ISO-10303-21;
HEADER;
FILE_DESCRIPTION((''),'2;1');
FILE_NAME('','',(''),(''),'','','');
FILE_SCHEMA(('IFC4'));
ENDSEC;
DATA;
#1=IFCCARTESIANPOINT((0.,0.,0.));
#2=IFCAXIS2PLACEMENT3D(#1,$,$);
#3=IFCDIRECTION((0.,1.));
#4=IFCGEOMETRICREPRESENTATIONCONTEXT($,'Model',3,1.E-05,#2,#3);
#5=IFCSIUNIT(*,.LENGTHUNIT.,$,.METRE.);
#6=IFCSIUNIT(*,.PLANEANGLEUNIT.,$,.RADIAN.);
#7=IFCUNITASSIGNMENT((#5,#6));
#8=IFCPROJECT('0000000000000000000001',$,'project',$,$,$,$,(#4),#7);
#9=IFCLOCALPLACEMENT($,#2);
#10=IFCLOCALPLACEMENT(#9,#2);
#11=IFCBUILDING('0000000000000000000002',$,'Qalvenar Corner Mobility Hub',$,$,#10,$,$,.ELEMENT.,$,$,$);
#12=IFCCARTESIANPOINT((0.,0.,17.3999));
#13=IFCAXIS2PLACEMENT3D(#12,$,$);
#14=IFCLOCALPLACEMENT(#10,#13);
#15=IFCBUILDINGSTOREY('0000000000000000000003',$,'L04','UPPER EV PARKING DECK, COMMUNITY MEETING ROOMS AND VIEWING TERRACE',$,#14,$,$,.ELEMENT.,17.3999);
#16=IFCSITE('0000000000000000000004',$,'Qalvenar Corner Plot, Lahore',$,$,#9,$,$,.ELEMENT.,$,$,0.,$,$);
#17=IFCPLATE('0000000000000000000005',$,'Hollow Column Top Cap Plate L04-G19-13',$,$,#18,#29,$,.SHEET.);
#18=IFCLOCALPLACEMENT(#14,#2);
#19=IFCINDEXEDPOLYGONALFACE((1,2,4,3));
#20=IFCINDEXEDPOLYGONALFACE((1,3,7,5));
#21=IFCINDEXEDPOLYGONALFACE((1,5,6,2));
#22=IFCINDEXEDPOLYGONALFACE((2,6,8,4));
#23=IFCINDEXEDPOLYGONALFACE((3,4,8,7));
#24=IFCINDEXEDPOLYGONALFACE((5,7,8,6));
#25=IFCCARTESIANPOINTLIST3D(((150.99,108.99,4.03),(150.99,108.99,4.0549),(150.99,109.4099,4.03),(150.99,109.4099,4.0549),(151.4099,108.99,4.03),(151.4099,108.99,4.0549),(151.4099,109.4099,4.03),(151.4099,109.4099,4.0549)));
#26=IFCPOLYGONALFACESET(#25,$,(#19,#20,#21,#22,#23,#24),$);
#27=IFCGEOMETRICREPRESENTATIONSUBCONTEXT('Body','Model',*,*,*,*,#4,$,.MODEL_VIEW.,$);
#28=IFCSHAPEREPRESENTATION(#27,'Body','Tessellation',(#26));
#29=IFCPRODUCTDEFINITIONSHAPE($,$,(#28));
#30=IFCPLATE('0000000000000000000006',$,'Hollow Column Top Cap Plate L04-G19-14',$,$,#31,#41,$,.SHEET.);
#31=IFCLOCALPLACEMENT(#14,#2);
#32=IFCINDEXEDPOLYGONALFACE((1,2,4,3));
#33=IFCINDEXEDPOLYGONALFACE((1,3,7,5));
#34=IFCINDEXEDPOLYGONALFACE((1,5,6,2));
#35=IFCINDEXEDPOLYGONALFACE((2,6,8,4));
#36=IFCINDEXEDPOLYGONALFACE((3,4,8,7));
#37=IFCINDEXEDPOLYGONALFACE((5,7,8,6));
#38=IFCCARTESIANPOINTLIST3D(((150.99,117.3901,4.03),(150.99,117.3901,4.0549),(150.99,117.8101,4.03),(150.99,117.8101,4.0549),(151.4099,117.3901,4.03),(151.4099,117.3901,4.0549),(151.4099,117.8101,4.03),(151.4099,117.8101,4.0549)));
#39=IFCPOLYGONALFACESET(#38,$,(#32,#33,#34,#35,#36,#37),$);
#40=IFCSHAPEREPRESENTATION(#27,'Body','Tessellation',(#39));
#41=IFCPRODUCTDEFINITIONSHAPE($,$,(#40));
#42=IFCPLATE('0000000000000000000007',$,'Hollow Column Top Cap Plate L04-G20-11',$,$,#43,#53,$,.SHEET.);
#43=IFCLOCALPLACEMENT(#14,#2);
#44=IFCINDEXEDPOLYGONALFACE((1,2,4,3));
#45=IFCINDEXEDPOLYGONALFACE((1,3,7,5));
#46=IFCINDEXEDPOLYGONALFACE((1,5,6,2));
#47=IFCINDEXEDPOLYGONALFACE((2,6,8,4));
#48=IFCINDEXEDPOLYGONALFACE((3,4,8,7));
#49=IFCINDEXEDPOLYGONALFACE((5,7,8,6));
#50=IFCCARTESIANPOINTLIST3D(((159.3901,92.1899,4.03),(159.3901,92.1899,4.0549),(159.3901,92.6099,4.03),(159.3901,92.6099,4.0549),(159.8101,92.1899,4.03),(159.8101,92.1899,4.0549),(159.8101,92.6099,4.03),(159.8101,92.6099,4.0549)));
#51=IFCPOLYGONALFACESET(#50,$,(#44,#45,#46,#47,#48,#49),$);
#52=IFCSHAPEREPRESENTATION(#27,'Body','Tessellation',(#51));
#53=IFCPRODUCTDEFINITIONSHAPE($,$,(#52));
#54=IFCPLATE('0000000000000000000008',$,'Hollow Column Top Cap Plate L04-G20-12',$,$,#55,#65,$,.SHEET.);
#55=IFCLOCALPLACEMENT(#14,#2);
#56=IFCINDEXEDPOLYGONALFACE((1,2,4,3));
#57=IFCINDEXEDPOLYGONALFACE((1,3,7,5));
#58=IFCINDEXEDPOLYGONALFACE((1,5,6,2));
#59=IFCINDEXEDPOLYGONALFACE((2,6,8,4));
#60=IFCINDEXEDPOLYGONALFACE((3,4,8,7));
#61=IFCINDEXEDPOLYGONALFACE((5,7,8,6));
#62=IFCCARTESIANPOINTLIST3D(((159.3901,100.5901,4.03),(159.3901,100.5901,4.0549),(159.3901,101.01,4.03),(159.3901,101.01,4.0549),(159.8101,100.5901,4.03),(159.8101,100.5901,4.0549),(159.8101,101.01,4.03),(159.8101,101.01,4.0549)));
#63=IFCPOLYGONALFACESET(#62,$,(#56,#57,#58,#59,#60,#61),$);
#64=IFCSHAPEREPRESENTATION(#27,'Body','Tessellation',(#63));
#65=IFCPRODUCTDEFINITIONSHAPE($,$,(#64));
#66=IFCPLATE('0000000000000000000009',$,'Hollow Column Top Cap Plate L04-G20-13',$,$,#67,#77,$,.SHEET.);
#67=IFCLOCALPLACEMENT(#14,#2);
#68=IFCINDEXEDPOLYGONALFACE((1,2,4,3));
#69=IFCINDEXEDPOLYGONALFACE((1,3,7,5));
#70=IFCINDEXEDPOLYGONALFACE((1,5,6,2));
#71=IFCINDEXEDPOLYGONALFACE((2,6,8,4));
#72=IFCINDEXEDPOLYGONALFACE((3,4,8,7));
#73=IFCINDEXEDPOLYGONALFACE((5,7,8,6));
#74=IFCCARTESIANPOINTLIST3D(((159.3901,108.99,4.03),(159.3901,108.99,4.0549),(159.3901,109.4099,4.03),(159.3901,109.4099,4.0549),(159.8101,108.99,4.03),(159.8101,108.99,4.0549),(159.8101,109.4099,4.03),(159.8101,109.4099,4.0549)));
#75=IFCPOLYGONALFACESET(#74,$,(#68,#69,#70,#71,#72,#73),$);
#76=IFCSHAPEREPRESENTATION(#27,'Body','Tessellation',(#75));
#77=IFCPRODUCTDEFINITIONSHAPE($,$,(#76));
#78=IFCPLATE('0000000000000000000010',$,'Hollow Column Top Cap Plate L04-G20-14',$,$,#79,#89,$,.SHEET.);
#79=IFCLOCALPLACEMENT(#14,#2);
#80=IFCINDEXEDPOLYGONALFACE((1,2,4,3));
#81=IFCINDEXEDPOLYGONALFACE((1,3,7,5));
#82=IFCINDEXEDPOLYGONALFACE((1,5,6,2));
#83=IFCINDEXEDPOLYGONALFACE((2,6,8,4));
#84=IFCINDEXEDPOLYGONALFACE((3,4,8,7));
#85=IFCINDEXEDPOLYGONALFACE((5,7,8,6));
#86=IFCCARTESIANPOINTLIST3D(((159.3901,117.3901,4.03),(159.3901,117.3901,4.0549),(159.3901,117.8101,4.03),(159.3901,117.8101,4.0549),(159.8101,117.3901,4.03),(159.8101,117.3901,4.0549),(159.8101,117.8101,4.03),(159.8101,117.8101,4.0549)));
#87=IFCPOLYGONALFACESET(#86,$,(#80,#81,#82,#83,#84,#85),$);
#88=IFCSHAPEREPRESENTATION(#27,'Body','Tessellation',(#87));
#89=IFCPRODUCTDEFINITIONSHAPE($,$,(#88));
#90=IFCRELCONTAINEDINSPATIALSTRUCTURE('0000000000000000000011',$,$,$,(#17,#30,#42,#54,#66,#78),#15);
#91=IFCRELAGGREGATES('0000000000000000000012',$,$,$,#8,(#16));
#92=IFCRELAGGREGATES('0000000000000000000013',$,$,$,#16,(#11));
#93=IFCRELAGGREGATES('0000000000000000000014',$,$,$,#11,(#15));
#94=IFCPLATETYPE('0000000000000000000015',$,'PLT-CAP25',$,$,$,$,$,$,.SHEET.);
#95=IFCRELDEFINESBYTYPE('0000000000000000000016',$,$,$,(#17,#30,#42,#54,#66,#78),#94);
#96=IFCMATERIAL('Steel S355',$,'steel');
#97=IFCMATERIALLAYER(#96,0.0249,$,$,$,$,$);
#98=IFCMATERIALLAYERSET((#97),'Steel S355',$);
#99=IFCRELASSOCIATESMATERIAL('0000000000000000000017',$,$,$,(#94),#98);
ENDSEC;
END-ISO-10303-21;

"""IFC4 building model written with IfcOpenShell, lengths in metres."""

from ifc_helpers import new_model, si_unit, direction, frame, origin, origin_2d, place, context, subcontext, project, spatial, rectangle, extrude, material, layer, layer_set, type_object, element, save


model = new_model("IFC4")

# Units and contexts
model_context = context("Model", 3, precision=1e-05, world=origin(), true_north=direction((0.0, 1.0)))
body_context = subcontext(model_context, "Body", "Model", "MODEL_VIEW")
ifc_project = project(units=[si_unit("LENGTHUNIT", "METRE"), si_unit("PLANEANGLEUNIT", "RADIAN")], contexts=[model_context])

# Site, building, storey
site_placement = place(None, origin())
site = spatial("IfcSite", under=ifc_project, at=site_placement, Name="Qalvenar Corner Plot, Lahore", CompositionType="ELEMENT", RefElevation=0.0)
building_placement = place(site_placement, origin())
building = spatial("IfcBuilding", under=site, at=building_placement, Name="Qalvenar Corner Mobility Hub", CompositionType="ELEMENT")
storey_placement = place(building_placement, frame((0.0, 0.0, 17.3999)))
storey = spatial("IfcBuildingStorey", under=building, at=storey_placement, Name="L04", Description="UPPER EV PARKING DECK, COMMUNITY MEETING ROOMS AND VIEWING TERRACE", CompositionType="ELEMENT", Elevation=17.3999)

# Plates
ifc_material_1 = material(Name="Steel S355", Category="steel")
ifc_layer = layer(ifc_material_1, 0.0249)
ifc_layer_set = layer_set([ifc_layer], Name="Steel S355")
plate_type = type_object("IfcPlateType", Name="PLT-CAP25", PredefinedType="SHEET", material=ifc_layer_set)
for number, where, z_axis, x_axis, name in (
    (1, (151.2, 109.2, 4.03), (0.0, 0.0, 1.0), (1.0, 0.0, 0.0), "Hollow Column Top Cap Plate L04-G19-13"),
    (2, (151.2, 117.6001, 4.03), (0.0, 0.0, 1.0), (1.0, 0.0, 0.0), "Hollow Column Top Cap Plate L04-G19-14"),
    (3, (159.6001, 92.3999, 4.03), (0.0, 0.0, 1.0), (1.0, 0.0, 0.0), "Hollow Column Top Cap Plate L04-G20-11"),
    (4, (159.6001, 100.8, 4.03), (0.0, 0.0, 1.0), (1.0, 0.0, 0.0), "Hollow Column Top Cap Plate L04-G20-12"),
    (5, (159.6001, 109.2, 4.03), (0.0, 0.0, 1.0), (1.0, 0.0, 0.0), "Hollow Column Top Cap Plate L04-G20-13"),
    (6, (159.6001, 117.6001, 4.03), (0.0, 0.0, 1.0), (1.0, 0.0, 0.0), "Hollow Column Top Cap Plate L04-G20-14"),
):
    element("IfcPlate", number, at=place(storey_placement, frame(where, z_axis=z_axis, x_axis=x_axis)), inside=storey, type_object=plate_type, Name=name, PredefinedType="SHEET", context=body_context, shape_type="SweptSolid", body=[
        extrude(rectangle(XDim=0.4199, YDim=0.4199, at=origin_2d()), origin(), (0.0, 0.0, 1.0), 0.0249),
    ])

save(model, "model.ifc")
